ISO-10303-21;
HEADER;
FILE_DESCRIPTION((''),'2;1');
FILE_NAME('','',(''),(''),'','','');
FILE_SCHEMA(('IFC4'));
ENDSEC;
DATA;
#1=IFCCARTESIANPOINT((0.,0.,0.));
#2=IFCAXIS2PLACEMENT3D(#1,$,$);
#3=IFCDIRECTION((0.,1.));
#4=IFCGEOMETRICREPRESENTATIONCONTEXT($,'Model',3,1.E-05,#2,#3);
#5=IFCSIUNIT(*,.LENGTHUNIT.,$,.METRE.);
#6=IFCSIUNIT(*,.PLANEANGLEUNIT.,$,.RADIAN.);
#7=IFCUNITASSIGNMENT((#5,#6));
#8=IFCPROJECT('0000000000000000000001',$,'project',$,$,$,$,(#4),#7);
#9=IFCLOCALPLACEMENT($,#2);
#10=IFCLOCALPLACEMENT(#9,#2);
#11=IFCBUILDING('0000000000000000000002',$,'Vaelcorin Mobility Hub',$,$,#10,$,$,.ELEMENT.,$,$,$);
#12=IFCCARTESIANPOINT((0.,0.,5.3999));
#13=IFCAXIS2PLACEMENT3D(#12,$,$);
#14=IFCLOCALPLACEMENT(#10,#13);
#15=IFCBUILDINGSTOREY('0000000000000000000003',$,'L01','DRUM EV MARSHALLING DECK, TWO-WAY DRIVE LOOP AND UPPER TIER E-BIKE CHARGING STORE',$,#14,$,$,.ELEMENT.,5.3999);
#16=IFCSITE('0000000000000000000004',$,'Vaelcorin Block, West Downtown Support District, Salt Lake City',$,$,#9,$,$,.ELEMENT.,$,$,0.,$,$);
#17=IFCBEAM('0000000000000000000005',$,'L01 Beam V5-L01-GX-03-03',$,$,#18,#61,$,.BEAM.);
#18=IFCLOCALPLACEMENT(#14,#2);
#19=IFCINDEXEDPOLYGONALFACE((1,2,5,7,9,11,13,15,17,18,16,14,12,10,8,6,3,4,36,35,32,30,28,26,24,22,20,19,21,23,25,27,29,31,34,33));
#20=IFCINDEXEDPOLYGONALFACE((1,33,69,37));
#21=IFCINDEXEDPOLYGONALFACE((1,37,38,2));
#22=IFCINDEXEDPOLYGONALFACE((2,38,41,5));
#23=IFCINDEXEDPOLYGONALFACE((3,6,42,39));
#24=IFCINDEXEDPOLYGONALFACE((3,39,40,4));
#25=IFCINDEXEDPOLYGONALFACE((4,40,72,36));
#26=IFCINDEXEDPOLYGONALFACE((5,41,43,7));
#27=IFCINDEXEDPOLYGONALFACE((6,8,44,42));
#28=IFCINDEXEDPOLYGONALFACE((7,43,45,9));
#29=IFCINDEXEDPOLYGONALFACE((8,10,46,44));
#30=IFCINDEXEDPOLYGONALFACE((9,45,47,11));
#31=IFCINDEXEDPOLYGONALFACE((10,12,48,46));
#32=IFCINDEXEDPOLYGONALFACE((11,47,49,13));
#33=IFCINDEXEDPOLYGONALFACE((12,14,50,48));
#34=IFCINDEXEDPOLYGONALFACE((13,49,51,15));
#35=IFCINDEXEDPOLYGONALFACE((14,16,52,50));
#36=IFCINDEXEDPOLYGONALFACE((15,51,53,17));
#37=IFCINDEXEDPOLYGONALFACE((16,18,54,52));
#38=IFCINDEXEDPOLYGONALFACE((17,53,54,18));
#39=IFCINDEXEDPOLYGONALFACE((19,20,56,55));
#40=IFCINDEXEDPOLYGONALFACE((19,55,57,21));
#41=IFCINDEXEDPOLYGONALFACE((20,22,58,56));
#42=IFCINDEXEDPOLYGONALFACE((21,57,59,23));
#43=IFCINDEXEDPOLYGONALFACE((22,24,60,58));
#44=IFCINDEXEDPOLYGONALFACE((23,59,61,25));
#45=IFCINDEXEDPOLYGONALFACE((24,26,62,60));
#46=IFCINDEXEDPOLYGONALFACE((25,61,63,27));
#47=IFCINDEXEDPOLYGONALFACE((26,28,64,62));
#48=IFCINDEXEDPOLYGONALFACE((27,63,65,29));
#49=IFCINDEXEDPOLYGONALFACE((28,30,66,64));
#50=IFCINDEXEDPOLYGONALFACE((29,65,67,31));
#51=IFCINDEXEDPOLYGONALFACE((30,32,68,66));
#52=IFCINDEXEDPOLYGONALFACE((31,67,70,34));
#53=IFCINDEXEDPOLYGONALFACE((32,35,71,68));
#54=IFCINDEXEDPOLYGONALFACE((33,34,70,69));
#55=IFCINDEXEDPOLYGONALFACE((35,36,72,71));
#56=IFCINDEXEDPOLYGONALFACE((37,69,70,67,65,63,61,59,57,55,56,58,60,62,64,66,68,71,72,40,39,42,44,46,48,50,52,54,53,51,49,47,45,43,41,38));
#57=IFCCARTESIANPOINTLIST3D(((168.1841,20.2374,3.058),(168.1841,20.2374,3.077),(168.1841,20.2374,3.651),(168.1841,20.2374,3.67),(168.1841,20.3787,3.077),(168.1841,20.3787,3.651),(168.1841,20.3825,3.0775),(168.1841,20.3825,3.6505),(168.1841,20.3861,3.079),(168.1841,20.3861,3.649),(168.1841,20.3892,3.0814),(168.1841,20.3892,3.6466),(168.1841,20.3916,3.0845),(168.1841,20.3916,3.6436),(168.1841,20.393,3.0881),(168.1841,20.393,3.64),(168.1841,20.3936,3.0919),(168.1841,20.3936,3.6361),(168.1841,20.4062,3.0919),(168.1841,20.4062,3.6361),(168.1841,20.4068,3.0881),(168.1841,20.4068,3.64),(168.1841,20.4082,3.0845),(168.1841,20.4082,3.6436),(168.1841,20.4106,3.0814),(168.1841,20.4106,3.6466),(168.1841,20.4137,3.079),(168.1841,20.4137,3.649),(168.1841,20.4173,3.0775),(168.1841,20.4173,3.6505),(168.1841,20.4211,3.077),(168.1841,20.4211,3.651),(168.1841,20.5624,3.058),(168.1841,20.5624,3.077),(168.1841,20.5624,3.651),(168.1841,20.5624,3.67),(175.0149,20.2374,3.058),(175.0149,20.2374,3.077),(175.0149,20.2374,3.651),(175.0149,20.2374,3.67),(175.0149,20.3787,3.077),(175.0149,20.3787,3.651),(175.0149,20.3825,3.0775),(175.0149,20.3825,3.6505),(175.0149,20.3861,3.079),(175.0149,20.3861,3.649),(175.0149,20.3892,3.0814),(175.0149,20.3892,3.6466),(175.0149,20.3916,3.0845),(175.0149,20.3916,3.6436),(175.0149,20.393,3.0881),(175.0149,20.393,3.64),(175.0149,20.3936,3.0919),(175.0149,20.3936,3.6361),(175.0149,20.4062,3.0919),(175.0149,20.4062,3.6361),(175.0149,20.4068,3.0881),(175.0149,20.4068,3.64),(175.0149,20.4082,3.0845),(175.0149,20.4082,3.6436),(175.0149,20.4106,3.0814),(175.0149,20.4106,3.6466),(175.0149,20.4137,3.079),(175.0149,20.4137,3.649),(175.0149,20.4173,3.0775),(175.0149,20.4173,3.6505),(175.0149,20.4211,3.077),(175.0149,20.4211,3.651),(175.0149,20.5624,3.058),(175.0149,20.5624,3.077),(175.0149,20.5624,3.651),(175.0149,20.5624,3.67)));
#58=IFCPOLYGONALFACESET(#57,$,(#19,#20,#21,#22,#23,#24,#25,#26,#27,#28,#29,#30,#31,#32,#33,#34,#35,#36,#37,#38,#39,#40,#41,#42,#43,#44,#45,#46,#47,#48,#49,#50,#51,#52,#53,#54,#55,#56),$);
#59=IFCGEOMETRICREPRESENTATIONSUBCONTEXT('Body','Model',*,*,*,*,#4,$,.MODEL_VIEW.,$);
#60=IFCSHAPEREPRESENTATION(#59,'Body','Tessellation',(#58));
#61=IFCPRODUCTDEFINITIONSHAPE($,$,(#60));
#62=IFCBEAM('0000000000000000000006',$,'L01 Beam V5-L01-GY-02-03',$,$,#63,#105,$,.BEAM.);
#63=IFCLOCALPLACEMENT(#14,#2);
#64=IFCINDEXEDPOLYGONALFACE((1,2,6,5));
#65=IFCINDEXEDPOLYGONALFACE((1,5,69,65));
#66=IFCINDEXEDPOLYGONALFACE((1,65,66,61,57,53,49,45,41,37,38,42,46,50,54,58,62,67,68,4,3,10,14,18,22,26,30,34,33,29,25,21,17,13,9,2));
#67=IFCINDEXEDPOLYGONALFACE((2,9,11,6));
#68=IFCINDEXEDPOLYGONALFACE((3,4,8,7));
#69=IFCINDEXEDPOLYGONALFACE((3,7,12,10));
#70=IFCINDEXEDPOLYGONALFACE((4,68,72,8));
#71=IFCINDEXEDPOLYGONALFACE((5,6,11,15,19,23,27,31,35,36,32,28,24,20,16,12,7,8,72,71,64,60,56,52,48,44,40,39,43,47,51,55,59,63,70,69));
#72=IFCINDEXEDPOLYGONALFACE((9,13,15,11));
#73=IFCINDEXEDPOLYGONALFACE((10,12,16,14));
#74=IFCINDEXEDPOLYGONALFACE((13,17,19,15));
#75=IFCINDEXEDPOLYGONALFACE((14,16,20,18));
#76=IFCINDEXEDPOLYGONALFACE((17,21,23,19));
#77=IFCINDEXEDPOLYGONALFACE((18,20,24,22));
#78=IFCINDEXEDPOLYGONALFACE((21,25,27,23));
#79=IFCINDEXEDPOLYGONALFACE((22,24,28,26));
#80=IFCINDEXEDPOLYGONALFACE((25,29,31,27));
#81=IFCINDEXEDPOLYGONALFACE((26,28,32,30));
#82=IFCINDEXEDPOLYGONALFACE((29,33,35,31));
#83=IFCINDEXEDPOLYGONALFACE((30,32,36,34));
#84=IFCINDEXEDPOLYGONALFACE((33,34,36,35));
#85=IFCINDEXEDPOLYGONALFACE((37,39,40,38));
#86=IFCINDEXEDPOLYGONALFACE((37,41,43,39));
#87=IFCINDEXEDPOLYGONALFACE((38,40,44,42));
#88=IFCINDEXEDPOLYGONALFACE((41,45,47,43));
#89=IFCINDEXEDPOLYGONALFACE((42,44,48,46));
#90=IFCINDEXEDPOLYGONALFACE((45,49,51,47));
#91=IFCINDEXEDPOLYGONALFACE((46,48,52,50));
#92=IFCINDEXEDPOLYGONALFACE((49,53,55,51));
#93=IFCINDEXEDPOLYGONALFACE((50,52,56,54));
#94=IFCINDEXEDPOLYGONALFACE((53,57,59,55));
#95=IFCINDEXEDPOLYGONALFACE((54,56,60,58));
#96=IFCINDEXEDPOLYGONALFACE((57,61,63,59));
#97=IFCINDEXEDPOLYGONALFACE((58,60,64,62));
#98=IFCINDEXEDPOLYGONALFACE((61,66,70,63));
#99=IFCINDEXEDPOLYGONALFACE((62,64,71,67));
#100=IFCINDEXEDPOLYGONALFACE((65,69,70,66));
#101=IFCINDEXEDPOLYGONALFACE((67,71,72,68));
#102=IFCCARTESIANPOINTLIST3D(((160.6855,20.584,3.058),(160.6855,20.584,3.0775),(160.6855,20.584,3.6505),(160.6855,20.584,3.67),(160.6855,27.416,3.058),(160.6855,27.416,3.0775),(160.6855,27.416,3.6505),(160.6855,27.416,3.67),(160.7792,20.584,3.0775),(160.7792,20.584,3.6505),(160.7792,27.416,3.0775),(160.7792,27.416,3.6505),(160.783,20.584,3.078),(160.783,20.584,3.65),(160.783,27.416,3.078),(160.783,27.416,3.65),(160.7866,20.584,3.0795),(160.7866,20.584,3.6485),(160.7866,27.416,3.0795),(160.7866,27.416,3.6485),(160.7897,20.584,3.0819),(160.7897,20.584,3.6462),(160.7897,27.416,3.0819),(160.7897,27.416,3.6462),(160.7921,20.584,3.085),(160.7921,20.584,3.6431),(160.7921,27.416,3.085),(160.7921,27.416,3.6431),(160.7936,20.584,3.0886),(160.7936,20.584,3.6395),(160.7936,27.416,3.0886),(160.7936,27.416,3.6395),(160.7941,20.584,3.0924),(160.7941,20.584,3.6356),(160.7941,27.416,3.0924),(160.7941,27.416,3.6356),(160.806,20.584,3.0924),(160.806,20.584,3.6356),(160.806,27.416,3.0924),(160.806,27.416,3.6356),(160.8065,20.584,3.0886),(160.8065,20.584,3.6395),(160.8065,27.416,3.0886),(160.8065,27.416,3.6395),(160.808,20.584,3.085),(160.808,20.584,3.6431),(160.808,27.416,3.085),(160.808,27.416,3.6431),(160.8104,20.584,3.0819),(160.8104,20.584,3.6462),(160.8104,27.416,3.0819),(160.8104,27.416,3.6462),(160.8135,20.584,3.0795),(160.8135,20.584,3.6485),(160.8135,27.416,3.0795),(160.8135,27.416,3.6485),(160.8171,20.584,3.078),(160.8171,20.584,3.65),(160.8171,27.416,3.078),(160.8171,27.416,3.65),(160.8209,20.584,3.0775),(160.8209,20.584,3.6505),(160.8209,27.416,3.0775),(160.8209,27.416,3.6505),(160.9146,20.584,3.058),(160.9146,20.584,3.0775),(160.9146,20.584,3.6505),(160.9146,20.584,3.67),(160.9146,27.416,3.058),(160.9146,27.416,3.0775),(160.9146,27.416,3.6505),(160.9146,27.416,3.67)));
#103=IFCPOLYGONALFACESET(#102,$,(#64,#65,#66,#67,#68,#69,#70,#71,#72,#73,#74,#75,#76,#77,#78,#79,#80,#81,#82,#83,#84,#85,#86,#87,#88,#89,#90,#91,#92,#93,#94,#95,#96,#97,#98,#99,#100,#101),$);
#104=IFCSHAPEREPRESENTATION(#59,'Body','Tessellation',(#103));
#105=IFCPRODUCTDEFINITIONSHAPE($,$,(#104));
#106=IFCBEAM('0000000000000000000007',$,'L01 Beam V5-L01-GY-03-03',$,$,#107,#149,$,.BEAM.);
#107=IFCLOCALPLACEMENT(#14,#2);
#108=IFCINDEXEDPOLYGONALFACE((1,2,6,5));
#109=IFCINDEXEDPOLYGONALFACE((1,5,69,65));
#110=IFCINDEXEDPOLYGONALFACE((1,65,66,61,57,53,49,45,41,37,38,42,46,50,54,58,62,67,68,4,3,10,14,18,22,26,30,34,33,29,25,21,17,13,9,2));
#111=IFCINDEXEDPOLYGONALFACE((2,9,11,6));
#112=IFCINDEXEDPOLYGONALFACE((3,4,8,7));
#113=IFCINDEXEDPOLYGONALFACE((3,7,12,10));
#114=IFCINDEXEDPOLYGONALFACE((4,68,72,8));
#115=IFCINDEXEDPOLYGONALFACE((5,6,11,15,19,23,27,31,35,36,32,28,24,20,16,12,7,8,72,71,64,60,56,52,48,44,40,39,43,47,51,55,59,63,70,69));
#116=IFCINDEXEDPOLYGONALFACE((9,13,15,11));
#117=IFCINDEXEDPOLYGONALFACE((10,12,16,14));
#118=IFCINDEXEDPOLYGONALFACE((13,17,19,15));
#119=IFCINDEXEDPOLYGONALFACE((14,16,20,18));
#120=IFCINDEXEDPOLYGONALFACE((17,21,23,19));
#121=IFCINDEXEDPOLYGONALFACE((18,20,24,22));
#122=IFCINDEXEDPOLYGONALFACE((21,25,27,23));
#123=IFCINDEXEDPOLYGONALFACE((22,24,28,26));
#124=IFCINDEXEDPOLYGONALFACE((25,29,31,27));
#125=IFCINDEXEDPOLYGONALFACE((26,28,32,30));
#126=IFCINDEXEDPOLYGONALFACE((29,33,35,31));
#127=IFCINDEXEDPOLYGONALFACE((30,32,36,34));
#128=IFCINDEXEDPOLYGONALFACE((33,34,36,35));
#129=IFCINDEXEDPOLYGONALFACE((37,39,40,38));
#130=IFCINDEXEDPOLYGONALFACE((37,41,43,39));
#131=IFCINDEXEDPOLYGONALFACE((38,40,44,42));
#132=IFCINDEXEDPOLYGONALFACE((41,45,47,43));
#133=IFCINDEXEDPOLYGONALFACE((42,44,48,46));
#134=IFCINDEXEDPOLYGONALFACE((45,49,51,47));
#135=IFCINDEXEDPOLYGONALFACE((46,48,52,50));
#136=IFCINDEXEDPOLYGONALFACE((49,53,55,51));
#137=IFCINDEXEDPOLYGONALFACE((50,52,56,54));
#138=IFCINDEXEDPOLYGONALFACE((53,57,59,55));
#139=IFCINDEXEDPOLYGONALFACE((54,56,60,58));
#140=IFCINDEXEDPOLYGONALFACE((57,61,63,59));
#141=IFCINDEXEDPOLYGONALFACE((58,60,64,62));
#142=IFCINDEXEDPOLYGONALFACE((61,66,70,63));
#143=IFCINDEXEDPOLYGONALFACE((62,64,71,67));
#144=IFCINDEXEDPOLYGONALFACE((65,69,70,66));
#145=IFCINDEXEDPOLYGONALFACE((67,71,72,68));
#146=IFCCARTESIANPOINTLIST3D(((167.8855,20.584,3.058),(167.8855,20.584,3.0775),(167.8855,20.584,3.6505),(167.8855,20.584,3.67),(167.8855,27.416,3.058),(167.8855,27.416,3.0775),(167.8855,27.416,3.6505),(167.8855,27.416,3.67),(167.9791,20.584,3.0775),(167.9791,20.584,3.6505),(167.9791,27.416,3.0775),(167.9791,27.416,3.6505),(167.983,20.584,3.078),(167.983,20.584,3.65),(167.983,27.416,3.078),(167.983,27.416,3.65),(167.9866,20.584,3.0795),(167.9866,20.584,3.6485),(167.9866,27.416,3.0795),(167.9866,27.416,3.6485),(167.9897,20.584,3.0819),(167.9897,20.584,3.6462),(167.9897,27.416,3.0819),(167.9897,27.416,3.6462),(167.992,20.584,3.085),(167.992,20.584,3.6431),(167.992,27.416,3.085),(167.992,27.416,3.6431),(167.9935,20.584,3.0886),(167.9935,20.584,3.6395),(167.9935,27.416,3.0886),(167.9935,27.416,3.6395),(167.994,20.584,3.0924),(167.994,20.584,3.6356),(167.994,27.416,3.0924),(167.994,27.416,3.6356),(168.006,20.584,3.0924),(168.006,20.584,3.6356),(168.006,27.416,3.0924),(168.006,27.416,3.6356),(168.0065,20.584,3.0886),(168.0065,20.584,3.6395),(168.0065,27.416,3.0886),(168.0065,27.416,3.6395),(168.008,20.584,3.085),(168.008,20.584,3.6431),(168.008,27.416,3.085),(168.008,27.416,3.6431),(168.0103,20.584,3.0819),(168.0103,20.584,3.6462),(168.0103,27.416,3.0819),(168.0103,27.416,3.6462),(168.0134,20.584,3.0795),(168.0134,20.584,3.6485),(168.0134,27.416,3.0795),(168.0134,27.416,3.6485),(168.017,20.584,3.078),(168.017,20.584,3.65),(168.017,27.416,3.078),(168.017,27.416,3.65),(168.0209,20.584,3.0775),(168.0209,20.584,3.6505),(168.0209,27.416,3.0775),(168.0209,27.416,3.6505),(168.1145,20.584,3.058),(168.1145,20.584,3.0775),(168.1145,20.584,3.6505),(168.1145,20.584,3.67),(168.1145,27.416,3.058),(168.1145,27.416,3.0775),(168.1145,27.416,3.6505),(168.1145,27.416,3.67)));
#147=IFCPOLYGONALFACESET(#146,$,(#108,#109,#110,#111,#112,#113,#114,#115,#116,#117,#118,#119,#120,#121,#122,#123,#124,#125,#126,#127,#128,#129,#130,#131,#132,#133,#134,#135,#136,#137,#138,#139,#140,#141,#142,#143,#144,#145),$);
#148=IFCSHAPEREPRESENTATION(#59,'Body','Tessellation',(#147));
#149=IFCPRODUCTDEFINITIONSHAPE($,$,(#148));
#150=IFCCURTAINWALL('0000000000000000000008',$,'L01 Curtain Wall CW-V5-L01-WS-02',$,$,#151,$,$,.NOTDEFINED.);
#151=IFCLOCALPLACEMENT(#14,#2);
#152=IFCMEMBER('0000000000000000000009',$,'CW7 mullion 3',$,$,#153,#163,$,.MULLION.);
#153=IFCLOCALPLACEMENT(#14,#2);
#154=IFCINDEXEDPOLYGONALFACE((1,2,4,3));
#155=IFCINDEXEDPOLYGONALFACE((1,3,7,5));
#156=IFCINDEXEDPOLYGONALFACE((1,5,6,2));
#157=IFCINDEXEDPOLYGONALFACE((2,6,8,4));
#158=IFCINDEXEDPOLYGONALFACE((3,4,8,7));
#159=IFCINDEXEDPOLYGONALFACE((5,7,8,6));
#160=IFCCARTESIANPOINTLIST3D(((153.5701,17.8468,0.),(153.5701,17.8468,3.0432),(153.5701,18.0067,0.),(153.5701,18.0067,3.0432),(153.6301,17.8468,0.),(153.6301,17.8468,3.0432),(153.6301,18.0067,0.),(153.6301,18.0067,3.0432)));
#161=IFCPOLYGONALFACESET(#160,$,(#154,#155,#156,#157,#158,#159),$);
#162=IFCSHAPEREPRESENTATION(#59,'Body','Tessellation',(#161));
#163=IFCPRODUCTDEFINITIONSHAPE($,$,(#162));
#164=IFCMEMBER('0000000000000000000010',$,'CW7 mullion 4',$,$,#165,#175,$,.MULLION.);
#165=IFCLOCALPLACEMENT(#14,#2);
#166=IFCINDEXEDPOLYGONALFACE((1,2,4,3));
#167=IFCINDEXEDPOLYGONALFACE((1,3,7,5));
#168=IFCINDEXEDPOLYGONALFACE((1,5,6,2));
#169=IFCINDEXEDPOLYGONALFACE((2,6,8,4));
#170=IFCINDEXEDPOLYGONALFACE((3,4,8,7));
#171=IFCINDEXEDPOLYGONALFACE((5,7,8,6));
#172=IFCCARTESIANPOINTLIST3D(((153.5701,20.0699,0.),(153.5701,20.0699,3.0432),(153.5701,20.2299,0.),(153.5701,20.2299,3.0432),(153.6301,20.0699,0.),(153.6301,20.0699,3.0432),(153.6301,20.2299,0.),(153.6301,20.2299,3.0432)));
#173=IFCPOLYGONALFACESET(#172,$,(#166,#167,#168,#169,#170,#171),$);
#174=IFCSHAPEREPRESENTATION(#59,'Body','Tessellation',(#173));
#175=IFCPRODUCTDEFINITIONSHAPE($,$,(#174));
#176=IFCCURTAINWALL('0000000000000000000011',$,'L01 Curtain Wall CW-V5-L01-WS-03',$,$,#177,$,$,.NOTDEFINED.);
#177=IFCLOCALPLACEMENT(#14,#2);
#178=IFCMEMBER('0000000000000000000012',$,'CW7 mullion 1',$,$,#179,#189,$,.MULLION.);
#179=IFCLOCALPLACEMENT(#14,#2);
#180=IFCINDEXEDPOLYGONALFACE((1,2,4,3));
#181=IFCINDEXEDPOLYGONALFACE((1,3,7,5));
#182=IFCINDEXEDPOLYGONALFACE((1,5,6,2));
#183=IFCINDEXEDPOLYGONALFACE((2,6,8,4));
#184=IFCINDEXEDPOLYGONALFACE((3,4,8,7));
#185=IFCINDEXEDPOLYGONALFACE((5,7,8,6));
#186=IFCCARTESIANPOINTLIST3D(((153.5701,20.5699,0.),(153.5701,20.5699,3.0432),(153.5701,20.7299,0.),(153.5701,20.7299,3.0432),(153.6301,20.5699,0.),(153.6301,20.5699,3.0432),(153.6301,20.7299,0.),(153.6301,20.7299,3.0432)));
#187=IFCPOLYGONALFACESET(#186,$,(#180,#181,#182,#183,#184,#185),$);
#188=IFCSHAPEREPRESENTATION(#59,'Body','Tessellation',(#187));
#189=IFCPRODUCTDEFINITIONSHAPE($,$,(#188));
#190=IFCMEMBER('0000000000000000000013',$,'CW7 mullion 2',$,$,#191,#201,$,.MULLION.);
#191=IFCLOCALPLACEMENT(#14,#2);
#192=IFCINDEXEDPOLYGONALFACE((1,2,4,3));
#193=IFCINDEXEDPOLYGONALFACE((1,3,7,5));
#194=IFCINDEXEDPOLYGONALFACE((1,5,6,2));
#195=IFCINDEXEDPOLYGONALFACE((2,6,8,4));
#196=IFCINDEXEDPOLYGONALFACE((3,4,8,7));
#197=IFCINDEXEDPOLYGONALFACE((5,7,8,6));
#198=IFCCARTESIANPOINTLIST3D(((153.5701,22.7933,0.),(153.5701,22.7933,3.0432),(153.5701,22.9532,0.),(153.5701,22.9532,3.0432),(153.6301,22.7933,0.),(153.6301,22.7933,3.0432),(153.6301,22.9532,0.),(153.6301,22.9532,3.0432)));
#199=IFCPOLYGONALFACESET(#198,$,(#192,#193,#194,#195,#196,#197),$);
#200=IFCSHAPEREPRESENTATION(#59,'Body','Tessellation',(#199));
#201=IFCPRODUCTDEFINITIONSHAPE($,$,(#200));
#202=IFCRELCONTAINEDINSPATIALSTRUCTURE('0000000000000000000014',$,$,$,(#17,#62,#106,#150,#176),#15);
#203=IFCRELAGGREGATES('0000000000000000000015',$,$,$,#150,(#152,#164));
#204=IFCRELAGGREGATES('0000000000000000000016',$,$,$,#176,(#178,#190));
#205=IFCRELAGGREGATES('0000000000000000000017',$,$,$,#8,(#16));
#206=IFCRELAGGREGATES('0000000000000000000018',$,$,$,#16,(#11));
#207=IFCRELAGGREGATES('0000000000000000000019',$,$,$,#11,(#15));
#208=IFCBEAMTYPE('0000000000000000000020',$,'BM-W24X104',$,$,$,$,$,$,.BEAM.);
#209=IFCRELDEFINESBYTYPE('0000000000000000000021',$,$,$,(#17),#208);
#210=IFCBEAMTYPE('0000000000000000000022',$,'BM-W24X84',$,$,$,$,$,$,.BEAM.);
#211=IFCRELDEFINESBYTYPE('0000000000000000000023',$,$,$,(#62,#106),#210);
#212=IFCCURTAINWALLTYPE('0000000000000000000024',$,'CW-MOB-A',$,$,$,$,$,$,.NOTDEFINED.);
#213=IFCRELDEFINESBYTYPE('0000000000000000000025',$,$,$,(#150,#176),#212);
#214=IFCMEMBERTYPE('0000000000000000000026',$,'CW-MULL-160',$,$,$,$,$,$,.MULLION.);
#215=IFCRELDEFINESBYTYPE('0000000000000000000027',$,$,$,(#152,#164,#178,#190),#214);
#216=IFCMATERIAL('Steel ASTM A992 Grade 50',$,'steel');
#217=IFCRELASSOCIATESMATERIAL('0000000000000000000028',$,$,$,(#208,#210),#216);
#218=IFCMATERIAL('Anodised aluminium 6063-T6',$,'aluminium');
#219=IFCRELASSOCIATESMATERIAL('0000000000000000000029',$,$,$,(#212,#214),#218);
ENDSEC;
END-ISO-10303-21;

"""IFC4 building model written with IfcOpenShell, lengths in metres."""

from ifc_helpers import new_model, si_unit, direction, frame, origin, origin_2d, place, context, subcontext, project, spatial, rectangle, i_section, extrude, material, material_profile, profile_set, type_object, element, aggregate, save


model = new_model("IFC4")

# Units and contexts
model_context = context("Model", 3, precision=1e-05, world=origin(), true_north=direction((0.0, 1.0)))
body_context = subcontext(model_context, "Body", "Model", "MODEL_VIEW")
ifc_project = project(units=[si_unit("LENGTHUNIT", "METRE"), si_unit("PLANEANGLEUNIT", "RADIAN")], contexts=[model_context])

# Site, building, storey
site_placement = place(None, origin())
site = spatial("IfcSite", under=ifc_project, at=site_placement, Name="Vaelcorin Block, West Downtown Support District, Salt Lake City", CompositionType="ELEMENT", RefElevation=0.0)
building_placement = place(site_placement, origin())
building = spatial("IfcBuilding", under=site, at=building_placement, Name="Vaelcorin Mobility Hub", CompositionType="ELEMENT")
storey_placement = place(building_placement, frame((0.0, 0.0, 5.3999)))
storey = spatial("IfcBuildingStorey", under=building, at=storey_placement, Name="L01", Description="DRUM EV MARSHALLING DECK, TWO-WAY DRIVE LOOP AND UPPER TIER E-BIKE CHARGING STORE", CompositionType="ELEMENT", Elevation=5.3999)

# Shared definitions
ifc_material_1 = material(Name="Steel ASTM A992 Grade 50", Category="steel")

# Beams
ifc_material_profile_1 = material_profile(ifc_material_1, i_section(OverallWidth=0.325, OverallDepth=0.6121, WebThickness=0.0127, FlangeThickness=0.019, FilletRadius=0.0149, at=origin_2d()), Name="W24X104")
ifc_profile_set_1 = profile_set([ifc_material_profile_1], Name="Steel ASTM A992 Grade 50")
beam_type_1 = type_object("IfcBeamType", Name="BM-W24X104", PredefinedType="BEAM", material=ifc_profile_set_1)
beam_1_placement = place(storey_placement, frame((168.1841, 20.3999, 3.364), z_axis=(1.0, 0.0, 0.0), x_axis=(0.0, 1.0, 0.0)))
element("IfcBeam", 1, at=beam_1_placement, inside=storey, type_object=beam_type_1, Name="L01 Beam V5-L01-GX-03-03", PredefinedType="BEAM", context=body_context, shape_type="SweptSolid", body=[
    extrude(i_section(OverallWidth=0.325, OverallDepth=0.6121, WebThickness=0.0127, FlangeThickness=0.019, FilletRadius=0.0149, at=origin_2d()), origin(), (0.0, 0.0, 1.0), 6.8308),
])
ifc_material_profile_2 = material_profile(ifc_material_1, i_section(OverallWidth=0.229, OverallDepth=0.6121, WebThickness=0.012, FlangeThickness=0.0195, FilletRadius=0.0149, at=origin_2d()), Name="W24X84")
ifc_profile_set_2 = profile_set([ifc_material_profile_2], Name="Steel ASTM A992 Grade 50")
beam_type_2 = type_object("IfcBeamType", Name="BM-W24X84", PredefinedType="BEAM", material=ifc_profile_set_2)
for number, where, z_axis, x_axis, name in (
    (2, (160.8, 20.584, 3.364), (0.0, 1.0, 0.0), (-1.0, 0.0, 0.0), "L01 Beam V5-L01-GY-02-03"),
    (3, (168.0, 20.584, 3.364), (0.0, 1.0, 0.0), (-1.0, 0.0, 0.0), "L01 Beam V5-L01-GY-03-03"),
):
    element("IfcBeam", number, at=place(storey_placement, frame(where, z_axis=z_axis, x_axis=x_axis)), inside=storey, type_object=beam_type_2, Name=name, PredefinedType="BEAM", context=body_context, shape_type="SweptSolid", body=[
        extrude(i_section(OverallWidth=0.229, OverallDepth=0.6121, WebThickness=0.012, FlangeThickness=0.0195, FilletRadius=0.0149, at=origin_2d()), origin(), (0.0, 0.0, 1.0), 6.832),
    ])

# Curtain walls, members
ifc_material_2 = material(Name="Anodised aluminium 6063-T6", Category="aluminium")
curtain_wall_type = type_object("IfcCurtainWallType", Name="CW-MOB-A", PredefinedType="NOTDEFINED", material=ifc_material_2)
curtain_wall_1_placement = place(storey_placement, origin())
curtain_wall_1 = element("IfcCurtainWall", 4, at=curtain_wall_1_placement, inside=storey, type_object=curtain_wall_type, Name="L01 Curtain Wall CW-V5-L01-WS-02", PredefinedType="NOTDEFINED")
ifc_material_profile_3 = material_profile(ifc_material_2, rectangle(XDim=0.0601, YDim=0.1599, at=origin_2d()), Name="ALU-M60X160")
ifc_profile_set_3 = profile_set([ifc_material_profile_3], Name="Anodised aluminium 6063-T6")
member_type_1 = type_object("IfcMemberType", Name="CW-MULL-160", PredefinedType="MULLION", material=ifc_profile_set_3)
member_1_placement = place(storey_placement, frame((153.6001, 17.9268, 0.0), z_axis=(0.0, 0.0, 1.0), x_axis=(-1.0, 0.0, 0.0)))
member_1 = element("IfcMember", 5, at=member_1_placement, type_object=member_type_1, Name="CW7 mullion 3", PredefinedType="MULLION", context=body_context, shape_type="SweptSolid", body=[
    extrude(rectangle(XDim=0.0601, YDim=0.1599, at=origin_2d()), origin(), (0.0, 0.0, 1.0), 3.0432),
])
member_2_placement = place(storey_placement, frame((153.6001, 20.1499, 0.0), z_axis=(0.0, 0.0, 1.0), x_axis=(-1.0, 0.0, 0.0)))
member_2 = element("IfcMember", 6, at=member_2_placement, type_object=member_type_1, Name="CW7 mullion 4", PredefinedType="MULLION", context=body_context, shape_type="SweptSolid", body=[
    extrude(rectangle(XDim=0.0601, YDim=0.1599, at=origin_2d()), origin(), (0.0, 0.0, 1.0), 3.0432),
])
curtain_wall_2_placement = place(storey_placement, origin())
curtain_wall_2 = element("IfcCurtainWall", 7, at=curtain_wall_2_placement, inside=storey, type_object=curtain_wall_type, Name="L01 Curtain Wall CW-V5-L01-WS-03", PredefinedType="NOTDEFINED")
member_3_placement = place(storey_placement, frame((153.6001, 20.6499, 0.0), z_axis=(0.0, 0.0, 1.0), x_axis=(-1.0, 0.0, 0.0)))
member_3 = element("IfcMember", 8, at=member_3_placement, type_object=member_type_1, Name="CW7 mullion 1", PredefinedType="MULLION", context=body_context, shape_type="SweptSolid", body=[
    extrude(rectangle(XDim=0.0601, YDim=0.1599, at=origin_2d()), origin(), (0.0, 0.0, 1.0), 3.0432),
])
member_4_placement = place(storey_placement, frame((153.6001, 22.8733, 0.0), z_axis=(0.0, 0.0, 1.0), x_axis=(-1.0, 0.0, 0.0)))
member_4 = element("IfcMember", 9, at=member_4_placement, type_object=member_type_1, Name="CW7 mullion 2", PredefinedType="MULLION", context=body_context, shape_type="SweptSolid", body=[
    extrude(rectangle(XDim=0.0601, YDim=0.1599, at=origin_2d()), origin(), (0.0, 0.0, 1.0), 3.0432),
])

aggregate(curtain_wall_1, [member_1, member_2])
aggregate(curtain_wall_2, [member_3, member_4])

save(model, "model.ifc")
